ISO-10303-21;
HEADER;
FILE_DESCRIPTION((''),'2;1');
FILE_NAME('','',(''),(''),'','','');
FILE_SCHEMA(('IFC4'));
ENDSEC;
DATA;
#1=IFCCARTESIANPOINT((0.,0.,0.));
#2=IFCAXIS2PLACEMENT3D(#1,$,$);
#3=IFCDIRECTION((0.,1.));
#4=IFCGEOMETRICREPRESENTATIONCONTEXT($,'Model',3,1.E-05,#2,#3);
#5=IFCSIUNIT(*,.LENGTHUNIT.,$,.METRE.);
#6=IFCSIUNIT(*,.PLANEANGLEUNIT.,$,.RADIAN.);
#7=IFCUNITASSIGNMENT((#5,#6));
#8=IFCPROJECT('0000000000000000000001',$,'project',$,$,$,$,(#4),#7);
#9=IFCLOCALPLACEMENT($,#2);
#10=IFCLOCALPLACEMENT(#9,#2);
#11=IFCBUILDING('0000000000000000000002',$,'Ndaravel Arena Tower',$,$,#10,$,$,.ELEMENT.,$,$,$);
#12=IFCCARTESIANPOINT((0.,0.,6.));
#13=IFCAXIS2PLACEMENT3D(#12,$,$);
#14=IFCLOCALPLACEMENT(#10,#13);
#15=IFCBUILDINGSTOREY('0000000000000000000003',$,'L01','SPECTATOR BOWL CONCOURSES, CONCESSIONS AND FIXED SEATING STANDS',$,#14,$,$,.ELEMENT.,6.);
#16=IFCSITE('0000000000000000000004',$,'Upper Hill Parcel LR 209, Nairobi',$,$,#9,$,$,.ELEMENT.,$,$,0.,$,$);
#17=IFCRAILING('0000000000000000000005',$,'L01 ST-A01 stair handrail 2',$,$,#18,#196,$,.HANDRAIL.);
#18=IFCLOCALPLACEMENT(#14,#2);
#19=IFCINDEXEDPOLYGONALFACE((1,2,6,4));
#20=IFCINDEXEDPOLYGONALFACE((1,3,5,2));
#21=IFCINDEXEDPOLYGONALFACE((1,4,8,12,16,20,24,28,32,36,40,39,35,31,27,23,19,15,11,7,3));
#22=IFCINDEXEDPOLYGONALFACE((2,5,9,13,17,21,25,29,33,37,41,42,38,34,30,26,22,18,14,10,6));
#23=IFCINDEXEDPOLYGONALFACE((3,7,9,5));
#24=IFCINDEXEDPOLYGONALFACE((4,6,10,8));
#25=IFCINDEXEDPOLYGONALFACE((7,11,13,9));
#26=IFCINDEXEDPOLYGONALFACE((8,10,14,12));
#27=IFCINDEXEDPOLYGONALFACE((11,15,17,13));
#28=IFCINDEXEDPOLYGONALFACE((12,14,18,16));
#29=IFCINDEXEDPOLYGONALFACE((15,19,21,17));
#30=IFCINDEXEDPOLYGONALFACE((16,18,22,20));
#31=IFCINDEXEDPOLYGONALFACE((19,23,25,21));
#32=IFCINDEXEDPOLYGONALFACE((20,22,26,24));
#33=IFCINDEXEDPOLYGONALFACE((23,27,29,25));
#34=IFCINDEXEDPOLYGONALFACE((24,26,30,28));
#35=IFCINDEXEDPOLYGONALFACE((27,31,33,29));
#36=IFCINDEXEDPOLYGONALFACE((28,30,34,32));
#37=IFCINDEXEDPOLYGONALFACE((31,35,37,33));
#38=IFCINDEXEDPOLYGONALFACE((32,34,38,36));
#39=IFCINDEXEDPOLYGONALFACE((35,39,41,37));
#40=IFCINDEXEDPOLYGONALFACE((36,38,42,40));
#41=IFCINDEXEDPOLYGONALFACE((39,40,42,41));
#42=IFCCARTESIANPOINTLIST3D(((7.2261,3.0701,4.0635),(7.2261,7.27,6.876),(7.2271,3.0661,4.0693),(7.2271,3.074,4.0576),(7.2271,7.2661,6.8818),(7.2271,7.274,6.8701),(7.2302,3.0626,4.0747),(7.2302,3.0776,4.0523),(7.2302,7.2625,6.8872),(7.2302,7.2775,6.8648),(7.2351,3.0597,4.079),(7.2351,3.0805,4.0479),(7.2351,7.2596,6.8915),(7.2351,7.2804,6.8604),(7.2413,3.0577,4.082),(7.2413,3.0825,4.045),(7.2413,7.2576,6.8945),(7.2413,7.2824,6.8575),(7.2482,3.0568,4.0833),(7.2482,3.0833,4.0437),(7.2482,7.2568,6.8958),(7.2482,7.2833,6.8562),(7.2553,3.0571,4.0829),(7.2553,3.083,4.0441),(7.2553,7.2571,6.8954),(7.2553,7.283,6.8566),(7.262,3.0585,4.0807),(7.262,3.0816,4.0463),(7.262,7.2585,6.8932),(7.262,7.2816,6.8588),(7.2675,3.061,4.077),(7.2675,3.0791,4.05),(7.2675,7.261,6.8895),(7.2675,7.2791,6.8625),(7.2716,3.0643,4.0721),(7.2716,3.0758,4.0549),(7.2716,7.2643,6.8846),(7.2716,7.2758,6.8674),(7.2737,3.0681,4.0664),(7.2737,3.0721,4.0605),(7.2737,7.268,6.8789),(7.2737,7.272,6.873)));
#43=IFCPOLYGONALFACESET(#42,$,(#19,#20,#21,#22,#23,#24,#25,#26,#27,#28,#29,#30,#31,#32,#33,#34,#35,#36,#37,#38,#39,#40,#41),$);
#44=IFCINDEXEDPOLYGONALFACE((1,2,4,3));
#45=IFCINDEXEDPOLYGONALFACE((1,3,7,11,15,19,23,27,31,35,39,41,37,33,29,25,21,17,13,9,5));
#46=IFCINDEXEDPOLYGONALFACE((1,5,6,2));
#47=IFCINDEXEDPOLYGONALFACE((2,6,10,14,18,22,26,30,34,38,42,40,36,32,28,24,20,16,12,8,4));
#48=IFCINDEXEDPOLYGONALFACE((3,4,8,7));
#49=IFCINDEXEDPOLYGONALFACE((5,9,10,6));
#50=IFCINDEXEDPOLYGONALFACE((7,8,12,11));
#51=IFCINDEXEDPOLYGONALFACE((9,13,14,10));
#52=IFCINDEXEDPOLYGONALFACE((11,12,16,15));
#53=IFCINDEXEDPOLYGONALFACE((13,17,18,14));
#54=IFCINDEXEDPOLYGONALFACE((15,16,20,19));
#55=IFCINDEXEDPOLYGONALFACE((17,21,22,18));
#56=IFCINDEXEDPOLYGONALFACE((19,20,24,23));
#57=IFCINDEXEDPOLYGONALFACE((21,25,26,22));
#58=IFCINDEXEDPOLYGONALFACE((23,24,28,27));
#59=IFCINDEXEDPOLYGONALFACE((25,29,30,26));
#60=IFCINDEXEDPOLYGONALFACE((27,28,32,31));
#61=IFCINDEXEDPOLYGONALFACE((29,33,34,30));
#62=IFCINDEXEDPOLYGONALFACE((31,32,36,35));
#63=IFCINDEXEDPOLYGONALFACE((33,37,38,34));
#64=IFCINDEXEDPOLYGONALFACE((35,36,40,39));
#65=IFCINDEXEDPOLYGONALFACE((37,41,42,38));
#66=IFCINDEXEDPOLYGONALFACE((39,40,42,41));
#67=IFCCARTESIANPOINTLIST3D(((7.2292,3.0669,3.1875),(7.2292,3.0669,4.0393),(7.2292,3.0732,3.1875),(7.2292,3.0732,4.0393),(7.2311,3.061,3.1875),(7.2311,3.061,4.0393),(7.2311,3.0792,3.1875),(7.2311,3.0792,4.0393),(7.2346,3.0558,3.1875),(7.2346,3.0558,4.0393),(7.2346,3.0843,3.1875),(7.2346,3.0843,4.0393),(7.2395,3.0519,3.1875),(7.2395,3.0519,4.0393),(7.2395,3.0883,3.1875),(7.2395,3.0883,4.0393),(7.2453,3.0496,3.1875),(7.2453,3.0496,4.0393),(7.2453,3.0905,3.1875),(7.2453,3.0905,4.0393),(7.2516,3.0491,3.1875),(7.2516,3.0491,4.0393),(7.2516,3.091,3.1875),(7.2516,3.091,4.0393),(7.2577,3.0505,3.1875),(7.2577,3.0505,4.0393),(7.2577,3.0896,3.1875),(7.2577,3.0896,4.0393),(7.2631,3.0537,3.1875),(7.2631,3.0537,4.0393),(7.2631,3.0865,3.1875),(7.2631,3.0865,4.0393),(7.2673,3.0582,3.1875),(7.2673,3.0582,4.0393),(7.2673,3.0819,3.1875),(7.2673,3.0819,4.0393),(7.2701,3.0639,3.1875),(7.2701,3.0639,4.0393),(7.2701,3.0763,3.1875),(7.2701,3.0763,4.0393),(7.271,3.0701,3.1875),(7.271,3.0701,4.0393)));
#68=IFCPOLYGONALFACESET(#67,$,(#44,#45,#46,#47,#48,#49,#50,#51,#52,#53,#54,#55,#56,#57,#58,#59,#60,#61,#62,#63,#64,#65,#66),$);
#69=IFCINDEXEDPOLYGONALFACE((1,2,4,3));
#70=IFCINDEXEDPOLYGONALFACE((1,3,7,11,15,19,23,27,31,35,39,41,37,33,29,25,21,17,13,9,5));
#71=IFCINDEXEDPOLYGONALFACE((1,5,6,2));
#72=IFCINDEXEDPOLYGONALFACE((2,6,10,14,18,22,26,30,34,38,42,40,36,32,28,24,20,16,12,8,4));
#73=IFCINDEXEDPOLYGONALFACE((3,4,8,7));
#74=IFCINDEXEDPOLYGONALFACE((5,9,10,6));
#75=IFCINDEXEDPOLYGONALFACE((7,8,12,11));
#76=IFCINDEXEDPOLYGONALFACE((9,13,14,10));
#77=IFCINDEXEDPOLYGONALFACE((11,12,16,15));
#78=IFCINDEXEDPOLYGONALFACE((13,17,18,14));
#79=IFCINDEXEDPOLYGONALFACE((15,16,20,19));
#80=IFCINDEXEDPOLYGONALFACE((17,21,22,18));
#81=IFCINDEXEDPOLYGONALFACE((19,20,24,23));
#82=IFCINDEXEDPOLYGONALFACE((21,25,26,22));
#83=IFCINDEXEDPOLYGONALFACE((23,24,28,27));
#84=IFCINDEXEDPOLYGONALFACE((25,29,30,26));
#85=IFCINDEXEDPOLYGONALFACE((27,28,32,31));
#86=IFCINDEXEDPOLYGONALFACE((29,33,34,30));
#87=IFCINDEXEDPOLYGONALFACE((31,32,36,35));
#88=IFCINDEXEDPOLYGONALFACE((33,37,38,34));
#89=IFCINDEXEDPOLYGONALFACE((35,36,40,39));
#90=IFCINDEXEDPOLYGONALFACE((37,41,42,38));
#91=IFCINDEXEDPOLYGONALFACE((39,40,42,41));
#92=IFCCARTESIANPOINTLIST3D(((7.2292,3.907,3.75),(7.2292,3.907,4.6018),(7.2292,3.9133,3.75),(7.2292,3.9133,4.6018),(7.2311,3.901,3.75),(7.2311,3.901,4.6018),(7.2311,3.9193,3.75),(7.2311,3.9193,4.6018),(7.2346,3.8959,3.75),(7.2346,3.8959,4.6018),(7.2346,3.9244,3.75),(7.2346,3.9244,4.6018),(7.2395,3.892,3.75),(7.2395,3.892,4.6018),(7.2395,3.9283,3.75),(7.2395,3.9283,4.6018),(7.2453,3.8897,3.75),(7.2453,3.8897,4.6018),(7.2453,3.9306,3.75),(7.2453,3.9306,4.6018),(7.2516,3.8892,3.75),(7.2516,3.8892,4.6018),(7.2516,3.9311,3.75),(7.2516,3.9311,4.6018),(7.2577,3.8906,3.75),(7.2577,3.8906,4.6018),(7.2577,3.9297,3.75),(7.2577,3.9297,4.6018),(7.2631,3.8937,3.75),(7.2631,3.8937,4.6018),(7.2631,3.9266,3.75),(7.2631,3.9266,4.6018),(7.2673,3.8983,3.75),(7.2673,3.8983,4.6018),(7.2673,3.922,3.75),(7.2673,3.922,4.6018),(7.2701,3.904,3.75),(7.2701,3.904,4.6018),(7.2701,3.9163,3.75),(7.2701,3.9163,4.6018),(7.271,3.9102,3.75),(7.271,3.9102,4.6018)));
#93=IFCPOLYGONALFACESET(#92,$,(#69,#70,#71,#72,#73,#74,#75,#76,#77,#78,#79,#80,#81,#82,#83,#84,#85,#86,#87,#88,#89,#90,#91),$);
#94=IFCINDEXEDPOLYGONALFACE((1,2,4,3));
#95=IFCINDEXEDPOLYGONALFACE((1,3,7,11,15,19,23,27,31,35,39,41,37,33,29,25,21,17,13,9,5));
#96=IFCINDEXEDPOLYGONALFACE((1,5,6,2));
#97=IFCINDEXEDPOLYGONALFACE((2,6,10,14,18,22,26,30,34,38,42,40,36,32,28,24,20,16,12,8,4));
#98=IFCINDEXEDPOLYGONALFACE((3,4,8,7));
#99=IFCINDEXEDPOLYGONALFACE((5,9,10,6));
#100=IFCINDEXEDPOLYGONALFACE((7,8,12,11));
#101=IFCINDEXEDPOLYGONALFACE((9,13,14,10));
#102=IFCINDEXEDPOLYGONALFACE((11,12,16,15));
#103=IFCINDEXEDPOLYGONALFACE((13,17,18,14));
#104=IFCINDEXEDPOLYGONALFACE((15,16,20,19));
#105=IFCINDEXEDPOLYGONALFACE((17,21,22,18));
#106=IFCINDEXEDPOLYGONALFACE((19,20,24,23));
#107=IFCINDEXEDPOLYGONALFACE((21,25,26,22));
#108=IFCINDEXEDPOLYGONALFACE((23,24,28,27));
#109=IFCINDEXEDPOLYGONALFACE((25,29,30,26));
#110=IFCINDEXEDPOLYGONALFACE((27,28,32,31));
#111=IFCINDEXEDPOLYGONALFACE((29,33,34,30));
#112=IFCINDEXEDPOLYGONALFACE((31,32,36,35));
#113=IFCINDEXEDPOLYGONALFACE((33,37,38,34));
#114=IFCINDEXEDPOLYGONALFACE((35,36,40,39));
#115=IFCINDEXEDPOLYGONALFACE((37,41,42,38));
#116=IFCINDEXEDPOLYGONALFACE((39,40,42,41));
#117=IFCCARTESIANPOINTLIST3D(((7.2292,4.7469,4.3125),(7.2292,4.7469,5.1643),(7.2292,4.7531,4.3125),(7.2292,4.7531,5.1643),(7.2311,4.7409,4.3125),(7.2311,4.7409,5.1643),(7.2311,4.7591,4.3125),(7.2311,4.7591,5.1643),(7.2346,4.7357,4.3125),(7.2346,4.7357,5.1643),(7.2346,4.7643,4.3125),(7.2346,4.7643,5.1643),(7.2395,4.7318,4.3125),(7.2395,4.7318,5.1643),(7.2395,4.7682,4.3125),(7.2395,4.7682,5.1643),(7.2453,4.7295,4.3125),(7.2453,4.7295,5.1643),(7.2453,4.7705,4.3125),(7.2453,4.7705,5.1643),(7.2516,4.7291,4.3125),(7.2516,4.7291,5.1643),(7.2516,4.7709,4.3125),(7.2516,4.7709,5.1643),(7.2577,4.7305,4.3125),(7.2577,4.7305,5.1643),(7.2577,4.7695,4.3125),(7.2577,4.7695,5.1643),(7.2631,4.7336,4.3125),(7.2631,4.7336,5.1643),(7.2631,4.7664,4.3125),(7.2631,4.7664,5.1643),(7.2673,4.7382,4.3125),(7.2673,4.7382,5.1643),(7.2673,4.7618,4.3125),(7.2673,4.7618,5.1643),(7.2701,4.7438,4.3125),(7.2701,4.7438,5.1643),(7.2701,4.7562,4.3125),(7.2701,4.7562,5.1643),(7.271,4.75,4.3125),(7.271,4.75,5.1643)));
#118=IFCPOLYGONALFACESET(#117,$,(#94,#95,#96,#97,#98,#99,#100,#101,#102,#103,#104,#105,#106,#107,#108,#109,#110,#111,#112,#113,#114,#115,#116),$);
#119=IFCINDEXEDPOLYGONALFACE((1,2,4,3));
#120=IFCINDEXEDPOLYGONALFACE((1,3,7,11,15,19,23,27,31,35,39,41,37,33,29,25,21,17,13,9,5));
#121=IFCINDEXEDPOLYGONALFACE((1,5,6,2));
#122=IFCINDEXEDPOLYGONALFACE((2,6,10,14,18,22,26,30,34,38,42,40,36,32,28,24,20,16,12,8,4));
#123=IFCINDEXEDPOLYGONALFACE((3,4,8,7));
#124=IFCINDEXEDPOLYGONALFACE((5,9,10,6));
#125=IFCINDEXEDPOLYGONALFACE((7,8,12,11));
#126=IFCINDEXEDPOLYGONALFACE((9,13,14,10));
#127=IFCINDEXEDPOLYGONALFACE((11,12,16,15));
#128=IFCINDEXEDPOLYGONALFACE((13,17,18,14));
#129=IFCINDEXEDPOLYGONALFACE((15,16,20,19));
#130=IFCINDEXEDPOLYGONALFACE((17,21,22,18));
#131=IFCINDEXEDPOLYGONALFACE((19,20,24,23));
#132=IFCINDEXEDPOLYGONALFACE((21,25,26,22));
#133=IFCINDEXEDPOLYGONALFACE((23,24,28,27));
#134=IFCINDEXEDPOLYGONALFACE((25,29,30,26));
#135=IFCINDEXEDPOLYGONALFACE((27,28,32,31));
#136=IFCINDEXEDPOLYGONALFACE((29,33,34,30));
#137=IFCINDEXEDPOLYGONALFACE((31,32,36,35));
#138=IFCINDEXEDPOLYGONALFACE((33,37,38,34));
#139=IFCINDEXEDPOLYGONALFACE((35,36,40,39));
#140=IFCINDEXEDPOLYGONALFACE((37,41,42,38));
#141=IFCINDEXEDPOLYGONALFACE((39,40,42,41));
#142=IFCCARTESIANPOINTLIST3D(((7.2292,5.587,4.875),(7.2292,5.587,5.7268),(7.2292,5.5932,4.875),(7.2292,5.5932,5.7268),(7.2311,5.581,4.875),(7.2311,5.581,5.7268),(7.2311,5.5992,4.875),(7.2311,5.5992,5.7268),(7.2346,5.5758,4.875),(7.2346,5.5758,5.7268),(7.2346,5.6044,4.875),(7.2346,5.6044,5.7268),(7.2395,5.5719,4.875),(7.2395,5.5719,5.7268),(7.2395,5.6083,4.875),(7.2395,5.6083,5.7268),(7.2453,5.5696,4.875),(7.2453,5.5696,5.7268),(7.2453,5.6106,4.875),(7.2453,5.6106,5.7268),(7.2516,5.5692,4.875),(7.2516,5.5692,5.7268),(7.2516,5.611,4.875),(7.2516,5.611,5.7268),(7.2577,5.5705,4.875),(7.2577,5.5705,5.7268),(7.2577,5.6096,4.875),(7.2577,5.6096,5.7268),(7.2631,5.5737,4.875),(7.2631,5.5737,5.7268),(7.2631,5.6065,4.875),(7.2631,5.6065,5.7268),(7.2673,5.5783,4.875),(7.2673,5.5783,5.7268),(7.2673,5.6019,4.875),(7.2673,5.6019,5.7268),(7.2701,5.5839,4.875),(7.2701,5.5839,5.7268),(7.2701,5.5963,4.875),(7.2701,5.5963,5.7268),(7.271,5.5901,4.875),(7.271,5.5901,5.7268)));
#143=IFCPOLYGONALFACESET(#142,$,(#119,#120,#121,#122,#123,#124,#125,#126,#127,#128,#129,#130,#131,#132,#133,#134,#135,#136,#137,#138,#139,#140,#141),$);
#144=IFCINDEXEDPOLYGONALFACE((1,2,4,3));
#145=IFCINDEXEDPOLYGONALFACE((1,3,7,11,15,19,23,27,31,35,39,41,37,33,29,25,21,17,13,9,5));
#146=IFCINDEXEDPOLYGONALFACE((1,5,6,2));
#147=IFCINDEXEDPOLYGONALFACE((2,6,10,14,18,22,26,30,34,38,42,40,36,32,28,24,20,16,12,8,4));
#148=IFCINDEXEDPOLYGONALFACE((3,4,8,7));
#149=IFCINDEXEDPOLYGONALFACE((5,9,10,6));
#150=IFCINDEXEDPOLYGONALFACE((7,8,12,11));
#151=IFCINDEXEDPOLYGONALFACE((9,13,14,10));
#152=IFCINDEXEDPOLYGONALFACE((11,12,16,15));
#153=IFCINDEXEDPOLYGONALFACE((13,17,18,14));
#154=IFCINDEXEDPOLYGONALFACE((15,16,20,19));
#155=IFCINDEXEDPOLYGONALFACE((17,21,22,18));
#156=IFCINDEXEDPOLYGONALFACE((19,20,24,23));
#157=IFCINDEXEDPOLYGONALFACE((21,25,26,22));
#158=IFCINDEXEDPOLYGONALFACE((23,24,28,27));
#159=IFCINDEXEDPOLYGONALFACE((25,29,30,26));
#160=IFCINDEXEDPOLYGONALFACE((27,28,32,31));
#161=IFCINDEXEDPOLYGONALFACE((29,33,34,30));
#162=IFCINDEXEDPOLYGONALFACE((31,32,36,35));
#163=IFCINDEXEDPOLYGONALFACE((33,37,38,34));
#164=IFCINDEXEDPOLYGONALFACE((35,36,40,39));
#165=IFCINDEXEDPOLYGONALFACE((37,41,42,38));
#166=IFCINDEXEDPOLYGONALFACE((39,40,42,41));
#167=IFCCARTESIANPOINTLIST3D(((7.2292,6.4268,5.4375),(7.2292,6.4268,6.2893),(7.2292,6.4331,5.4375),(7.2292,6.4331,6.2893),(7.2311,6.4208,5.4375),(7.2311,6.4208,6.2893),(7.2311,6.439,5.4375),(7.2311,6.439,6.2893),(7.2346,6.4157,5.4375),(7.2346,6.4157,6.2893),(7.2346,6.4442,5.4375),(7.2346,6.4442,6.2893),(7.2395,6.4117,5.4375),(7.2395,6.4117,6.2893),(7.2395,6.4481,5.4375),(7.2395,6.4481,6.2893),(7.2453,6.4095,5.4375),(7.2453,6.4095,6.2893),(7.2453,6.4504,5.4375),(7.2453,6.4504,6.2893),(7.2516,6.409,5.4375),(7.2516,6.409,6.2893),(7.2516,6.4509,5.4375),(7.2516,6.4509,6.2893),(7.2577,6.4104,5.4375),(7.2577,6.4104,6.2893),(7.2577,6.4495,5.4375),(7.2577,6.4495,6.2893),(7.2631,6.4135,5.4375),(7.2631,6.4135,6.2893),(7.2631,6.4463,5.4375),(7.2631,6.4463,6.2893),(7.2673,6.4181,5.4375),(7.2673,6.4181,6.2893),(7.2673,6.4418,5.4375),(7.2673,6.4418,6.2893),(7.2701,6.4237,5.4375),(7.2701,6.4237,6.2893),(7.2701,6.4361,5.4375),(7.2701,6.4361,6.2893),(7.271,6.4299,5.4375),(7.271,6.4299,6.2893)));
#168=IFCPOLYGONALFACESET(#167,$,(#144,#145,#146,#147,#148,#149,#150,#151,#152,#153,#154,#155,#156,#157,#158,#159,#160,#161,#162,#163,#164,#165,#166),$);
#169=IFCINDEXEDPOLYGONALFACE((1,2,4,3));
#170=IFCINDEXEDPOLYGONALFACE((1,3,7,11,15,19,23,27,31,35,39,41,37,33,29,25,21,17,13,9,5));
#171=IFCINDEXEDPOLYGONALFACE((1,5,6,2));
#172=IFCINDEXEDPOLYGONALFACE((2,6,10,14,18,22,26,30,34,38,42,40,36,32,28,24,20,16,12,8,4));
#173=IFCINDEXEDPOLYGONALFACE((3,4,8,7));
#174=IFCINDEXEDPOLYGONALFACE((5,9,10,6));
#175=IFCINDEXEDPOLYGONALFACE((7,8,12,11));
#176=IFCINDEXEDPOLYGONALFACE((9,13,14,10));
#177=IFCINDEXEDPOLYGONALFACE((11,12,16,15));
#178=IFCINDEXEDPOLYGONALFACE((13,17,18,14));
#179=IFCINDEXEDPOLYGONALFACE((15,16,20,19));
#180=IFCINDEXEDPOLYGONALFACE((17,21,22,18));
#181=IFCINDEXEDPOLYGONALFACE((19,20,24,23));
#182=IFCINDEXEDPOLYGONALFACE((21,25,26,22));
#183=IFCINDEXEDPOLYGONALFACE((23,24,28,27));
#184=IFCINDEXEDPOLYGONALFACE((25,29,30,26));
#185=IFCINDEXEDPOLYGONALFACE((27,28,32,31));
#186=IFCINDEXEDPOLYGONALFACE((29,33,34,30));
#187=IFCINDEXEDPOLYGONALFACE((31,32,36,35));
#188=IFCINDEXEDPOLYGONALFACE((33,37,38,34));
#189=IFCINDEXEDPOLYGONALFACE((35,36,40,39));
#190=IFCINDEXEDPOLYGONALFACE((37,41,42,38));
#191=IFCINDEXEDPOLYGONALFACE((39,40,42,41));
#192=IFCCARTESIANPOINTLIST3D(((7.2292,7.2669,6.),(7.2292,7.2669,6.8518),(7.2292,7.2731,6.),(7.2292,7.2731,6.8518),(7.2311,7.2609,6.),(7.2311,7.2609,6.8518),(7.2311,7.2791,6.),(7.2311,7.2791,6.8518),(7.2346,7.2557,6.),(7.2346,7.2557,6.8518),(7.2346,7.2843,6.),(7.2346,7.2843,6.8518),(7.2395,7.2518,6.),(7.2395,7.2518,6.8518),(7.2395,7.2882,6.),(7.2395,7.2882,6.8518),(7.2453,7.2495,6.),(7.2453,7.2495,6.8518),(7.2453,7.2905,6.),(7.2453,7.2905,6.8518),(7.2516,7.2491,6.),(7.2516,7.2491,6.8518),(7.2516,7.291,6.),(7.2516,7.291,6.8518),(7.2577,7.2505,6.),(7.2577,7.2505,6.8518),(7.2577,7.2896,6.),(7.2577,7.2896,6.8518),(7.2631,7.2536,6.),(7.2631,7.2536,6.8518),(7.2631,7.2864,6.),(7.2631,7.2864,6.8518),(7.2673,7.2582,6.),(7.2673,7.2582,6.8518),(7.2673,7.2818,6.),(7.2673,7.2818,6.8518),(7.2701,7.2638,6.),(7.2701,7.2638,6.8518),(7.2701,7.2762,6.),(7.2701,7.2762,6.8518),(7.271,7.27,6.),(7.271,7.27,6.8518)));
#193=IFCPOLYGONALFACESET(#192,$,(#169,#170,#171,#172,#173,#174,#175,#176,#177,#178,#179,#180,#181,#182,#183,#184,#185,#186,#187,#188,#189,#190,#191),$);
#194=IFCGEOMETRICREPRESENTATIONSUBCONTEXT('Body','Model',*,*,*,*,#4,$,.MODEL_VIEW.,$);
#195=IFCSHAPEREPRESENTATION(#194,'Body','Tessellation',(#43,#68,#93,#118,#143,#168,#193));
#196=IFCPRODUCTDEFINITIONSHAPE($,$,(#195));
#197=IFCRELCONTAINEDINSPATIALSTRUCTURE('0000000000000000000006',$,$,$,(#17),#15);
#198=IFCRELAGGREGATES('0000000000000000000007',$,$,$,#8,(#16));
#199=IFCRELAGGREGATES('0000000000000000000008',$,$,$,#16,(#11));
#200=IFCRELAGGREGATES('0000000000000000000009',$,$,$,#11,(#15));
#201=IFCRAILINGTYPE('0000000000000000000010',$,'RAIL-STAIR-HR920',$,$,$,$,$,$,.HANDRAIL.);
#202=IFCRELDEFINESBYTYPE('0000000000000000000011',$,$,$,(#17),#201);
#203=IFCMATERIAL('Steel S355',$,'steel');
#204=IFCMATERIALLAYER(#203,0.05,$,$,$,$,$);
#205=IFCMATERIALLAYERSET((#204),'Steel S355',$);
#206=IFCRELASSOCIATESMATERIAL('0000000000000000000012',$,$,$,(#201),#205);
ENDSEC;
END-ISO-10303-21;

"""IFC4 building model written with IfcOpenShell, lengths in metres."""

from ifc_helpers import new_model, si_unit, direction, frame, origin, origin_2d, place, context, subcontext, project, spatial, circle, extrude, material, layer, layer_set, type_object, element, save


model = new_model("IFC4")

# Units and contexts
model_context = context("Model", 3, precision=1e-05, world=origin(), true_north=direction((0.0, 1.0)))
body_context = subcontext(model_context, "Body", "Model", "MODEL_VIEW")
ifc_project = project(units=[si_unit("LENGTHUNIT", "METRE"), si_unit("PLANEANGLEUNIT", "RADIAN")], contexts=[model_context])

# Site, building, storey
site_placement = place(None, origin())
site = spatial("IfcSite", under=ifc_project, at=site_placement, Name="Upper Hill Parcel LR 209, Nairobi", CompositionType="ELEMENT", RefElevation=0.0)
building_placement = place(site_placement, origin())
building = spatial("IfcBuilding", under=site, at=building_placement, Name="Ndaravel Arena Tower", CompositionType="ELEMENT")
storey_placement = place(building_placement, frame((0.0, 0.0, 6.0)))
storey = spatial("IfcBuildingStorey", under=building, at=storey_placement, Name="L01", Description="SPECTATOR BOWL CONCOURSES, CONCESSIONS AND FIXED SEATING STANDS", CompositionType="ELEMENT", Elevation=6.0)

# Railing
ifc_material_1 = material(Name="Steel S355", Category="steel")
ifc_layer_1 = layer(ifc_material_1, 0.05)
ifc_layer_set_1 = layer_set([ifc_layer_1], Name="Steel S355")
railing_type_1 = type_object("IfcRailingType", Name="RAIL-STAIR-HR920", PredefinedType="HANDRAIL", material=ifc_layer_set_1)
railing_1_placement = place(storey_placement, frame((7.25, 3.0701, 3.1875)))
element("IfcRailing", 1, at=railing_1_placement, inside=storey, type_object=railing_type_1, Name="L01 ST-A01 stair handrail 2", PredefinedType="HANDRAIL", context=body_context, shape_type="SweptSolid", body=[
    extrude(circle(Radius=0.0239, at=origin_2d()), frame((0.0, 0.0, 0.876), z_axis=(0.0, 0.830904, 0.556416), x_axis=(-1.0, 0.0, 0.0)), (0.0, 0.0, 1.0), 5.0547),
    extrude(circle(Radius=0.021, at=origin_2d()), origin(), (0.0, 0.0, 1.0), 0.8518),
    extrude(circle(Radius=0.021, at=origin_2d()), frame((0.0, 0.8401, 0.5625)), (0.0, 0.0, 1.0), 0.8518),
    extrude(circle(Radius=0.021, at=origin_2d()), frame((0.0, 1.6799, 1.125)), (0.0, 0.0, 1.0), 0.8518),
    extrude(circle(Radius=0.021, at=origin_2d()), frame((0.0, 2.52, 1.6875)), (0.0, 0.0, 1.0), 0.8518),
    extrude(circle(Radius=0.021, at=origin_2d()), frame((0.0, 3.3599, 2.25)), (0.0, 0.0, 1.0), 0.8518),
    extrude(circle(Radius=0.021, at=origin_2d()), frame((0.0, 4.2, 2.8125)), (0.0, 0.0, 1.0), 0.8518),
])

save(model, "model.ifc")
